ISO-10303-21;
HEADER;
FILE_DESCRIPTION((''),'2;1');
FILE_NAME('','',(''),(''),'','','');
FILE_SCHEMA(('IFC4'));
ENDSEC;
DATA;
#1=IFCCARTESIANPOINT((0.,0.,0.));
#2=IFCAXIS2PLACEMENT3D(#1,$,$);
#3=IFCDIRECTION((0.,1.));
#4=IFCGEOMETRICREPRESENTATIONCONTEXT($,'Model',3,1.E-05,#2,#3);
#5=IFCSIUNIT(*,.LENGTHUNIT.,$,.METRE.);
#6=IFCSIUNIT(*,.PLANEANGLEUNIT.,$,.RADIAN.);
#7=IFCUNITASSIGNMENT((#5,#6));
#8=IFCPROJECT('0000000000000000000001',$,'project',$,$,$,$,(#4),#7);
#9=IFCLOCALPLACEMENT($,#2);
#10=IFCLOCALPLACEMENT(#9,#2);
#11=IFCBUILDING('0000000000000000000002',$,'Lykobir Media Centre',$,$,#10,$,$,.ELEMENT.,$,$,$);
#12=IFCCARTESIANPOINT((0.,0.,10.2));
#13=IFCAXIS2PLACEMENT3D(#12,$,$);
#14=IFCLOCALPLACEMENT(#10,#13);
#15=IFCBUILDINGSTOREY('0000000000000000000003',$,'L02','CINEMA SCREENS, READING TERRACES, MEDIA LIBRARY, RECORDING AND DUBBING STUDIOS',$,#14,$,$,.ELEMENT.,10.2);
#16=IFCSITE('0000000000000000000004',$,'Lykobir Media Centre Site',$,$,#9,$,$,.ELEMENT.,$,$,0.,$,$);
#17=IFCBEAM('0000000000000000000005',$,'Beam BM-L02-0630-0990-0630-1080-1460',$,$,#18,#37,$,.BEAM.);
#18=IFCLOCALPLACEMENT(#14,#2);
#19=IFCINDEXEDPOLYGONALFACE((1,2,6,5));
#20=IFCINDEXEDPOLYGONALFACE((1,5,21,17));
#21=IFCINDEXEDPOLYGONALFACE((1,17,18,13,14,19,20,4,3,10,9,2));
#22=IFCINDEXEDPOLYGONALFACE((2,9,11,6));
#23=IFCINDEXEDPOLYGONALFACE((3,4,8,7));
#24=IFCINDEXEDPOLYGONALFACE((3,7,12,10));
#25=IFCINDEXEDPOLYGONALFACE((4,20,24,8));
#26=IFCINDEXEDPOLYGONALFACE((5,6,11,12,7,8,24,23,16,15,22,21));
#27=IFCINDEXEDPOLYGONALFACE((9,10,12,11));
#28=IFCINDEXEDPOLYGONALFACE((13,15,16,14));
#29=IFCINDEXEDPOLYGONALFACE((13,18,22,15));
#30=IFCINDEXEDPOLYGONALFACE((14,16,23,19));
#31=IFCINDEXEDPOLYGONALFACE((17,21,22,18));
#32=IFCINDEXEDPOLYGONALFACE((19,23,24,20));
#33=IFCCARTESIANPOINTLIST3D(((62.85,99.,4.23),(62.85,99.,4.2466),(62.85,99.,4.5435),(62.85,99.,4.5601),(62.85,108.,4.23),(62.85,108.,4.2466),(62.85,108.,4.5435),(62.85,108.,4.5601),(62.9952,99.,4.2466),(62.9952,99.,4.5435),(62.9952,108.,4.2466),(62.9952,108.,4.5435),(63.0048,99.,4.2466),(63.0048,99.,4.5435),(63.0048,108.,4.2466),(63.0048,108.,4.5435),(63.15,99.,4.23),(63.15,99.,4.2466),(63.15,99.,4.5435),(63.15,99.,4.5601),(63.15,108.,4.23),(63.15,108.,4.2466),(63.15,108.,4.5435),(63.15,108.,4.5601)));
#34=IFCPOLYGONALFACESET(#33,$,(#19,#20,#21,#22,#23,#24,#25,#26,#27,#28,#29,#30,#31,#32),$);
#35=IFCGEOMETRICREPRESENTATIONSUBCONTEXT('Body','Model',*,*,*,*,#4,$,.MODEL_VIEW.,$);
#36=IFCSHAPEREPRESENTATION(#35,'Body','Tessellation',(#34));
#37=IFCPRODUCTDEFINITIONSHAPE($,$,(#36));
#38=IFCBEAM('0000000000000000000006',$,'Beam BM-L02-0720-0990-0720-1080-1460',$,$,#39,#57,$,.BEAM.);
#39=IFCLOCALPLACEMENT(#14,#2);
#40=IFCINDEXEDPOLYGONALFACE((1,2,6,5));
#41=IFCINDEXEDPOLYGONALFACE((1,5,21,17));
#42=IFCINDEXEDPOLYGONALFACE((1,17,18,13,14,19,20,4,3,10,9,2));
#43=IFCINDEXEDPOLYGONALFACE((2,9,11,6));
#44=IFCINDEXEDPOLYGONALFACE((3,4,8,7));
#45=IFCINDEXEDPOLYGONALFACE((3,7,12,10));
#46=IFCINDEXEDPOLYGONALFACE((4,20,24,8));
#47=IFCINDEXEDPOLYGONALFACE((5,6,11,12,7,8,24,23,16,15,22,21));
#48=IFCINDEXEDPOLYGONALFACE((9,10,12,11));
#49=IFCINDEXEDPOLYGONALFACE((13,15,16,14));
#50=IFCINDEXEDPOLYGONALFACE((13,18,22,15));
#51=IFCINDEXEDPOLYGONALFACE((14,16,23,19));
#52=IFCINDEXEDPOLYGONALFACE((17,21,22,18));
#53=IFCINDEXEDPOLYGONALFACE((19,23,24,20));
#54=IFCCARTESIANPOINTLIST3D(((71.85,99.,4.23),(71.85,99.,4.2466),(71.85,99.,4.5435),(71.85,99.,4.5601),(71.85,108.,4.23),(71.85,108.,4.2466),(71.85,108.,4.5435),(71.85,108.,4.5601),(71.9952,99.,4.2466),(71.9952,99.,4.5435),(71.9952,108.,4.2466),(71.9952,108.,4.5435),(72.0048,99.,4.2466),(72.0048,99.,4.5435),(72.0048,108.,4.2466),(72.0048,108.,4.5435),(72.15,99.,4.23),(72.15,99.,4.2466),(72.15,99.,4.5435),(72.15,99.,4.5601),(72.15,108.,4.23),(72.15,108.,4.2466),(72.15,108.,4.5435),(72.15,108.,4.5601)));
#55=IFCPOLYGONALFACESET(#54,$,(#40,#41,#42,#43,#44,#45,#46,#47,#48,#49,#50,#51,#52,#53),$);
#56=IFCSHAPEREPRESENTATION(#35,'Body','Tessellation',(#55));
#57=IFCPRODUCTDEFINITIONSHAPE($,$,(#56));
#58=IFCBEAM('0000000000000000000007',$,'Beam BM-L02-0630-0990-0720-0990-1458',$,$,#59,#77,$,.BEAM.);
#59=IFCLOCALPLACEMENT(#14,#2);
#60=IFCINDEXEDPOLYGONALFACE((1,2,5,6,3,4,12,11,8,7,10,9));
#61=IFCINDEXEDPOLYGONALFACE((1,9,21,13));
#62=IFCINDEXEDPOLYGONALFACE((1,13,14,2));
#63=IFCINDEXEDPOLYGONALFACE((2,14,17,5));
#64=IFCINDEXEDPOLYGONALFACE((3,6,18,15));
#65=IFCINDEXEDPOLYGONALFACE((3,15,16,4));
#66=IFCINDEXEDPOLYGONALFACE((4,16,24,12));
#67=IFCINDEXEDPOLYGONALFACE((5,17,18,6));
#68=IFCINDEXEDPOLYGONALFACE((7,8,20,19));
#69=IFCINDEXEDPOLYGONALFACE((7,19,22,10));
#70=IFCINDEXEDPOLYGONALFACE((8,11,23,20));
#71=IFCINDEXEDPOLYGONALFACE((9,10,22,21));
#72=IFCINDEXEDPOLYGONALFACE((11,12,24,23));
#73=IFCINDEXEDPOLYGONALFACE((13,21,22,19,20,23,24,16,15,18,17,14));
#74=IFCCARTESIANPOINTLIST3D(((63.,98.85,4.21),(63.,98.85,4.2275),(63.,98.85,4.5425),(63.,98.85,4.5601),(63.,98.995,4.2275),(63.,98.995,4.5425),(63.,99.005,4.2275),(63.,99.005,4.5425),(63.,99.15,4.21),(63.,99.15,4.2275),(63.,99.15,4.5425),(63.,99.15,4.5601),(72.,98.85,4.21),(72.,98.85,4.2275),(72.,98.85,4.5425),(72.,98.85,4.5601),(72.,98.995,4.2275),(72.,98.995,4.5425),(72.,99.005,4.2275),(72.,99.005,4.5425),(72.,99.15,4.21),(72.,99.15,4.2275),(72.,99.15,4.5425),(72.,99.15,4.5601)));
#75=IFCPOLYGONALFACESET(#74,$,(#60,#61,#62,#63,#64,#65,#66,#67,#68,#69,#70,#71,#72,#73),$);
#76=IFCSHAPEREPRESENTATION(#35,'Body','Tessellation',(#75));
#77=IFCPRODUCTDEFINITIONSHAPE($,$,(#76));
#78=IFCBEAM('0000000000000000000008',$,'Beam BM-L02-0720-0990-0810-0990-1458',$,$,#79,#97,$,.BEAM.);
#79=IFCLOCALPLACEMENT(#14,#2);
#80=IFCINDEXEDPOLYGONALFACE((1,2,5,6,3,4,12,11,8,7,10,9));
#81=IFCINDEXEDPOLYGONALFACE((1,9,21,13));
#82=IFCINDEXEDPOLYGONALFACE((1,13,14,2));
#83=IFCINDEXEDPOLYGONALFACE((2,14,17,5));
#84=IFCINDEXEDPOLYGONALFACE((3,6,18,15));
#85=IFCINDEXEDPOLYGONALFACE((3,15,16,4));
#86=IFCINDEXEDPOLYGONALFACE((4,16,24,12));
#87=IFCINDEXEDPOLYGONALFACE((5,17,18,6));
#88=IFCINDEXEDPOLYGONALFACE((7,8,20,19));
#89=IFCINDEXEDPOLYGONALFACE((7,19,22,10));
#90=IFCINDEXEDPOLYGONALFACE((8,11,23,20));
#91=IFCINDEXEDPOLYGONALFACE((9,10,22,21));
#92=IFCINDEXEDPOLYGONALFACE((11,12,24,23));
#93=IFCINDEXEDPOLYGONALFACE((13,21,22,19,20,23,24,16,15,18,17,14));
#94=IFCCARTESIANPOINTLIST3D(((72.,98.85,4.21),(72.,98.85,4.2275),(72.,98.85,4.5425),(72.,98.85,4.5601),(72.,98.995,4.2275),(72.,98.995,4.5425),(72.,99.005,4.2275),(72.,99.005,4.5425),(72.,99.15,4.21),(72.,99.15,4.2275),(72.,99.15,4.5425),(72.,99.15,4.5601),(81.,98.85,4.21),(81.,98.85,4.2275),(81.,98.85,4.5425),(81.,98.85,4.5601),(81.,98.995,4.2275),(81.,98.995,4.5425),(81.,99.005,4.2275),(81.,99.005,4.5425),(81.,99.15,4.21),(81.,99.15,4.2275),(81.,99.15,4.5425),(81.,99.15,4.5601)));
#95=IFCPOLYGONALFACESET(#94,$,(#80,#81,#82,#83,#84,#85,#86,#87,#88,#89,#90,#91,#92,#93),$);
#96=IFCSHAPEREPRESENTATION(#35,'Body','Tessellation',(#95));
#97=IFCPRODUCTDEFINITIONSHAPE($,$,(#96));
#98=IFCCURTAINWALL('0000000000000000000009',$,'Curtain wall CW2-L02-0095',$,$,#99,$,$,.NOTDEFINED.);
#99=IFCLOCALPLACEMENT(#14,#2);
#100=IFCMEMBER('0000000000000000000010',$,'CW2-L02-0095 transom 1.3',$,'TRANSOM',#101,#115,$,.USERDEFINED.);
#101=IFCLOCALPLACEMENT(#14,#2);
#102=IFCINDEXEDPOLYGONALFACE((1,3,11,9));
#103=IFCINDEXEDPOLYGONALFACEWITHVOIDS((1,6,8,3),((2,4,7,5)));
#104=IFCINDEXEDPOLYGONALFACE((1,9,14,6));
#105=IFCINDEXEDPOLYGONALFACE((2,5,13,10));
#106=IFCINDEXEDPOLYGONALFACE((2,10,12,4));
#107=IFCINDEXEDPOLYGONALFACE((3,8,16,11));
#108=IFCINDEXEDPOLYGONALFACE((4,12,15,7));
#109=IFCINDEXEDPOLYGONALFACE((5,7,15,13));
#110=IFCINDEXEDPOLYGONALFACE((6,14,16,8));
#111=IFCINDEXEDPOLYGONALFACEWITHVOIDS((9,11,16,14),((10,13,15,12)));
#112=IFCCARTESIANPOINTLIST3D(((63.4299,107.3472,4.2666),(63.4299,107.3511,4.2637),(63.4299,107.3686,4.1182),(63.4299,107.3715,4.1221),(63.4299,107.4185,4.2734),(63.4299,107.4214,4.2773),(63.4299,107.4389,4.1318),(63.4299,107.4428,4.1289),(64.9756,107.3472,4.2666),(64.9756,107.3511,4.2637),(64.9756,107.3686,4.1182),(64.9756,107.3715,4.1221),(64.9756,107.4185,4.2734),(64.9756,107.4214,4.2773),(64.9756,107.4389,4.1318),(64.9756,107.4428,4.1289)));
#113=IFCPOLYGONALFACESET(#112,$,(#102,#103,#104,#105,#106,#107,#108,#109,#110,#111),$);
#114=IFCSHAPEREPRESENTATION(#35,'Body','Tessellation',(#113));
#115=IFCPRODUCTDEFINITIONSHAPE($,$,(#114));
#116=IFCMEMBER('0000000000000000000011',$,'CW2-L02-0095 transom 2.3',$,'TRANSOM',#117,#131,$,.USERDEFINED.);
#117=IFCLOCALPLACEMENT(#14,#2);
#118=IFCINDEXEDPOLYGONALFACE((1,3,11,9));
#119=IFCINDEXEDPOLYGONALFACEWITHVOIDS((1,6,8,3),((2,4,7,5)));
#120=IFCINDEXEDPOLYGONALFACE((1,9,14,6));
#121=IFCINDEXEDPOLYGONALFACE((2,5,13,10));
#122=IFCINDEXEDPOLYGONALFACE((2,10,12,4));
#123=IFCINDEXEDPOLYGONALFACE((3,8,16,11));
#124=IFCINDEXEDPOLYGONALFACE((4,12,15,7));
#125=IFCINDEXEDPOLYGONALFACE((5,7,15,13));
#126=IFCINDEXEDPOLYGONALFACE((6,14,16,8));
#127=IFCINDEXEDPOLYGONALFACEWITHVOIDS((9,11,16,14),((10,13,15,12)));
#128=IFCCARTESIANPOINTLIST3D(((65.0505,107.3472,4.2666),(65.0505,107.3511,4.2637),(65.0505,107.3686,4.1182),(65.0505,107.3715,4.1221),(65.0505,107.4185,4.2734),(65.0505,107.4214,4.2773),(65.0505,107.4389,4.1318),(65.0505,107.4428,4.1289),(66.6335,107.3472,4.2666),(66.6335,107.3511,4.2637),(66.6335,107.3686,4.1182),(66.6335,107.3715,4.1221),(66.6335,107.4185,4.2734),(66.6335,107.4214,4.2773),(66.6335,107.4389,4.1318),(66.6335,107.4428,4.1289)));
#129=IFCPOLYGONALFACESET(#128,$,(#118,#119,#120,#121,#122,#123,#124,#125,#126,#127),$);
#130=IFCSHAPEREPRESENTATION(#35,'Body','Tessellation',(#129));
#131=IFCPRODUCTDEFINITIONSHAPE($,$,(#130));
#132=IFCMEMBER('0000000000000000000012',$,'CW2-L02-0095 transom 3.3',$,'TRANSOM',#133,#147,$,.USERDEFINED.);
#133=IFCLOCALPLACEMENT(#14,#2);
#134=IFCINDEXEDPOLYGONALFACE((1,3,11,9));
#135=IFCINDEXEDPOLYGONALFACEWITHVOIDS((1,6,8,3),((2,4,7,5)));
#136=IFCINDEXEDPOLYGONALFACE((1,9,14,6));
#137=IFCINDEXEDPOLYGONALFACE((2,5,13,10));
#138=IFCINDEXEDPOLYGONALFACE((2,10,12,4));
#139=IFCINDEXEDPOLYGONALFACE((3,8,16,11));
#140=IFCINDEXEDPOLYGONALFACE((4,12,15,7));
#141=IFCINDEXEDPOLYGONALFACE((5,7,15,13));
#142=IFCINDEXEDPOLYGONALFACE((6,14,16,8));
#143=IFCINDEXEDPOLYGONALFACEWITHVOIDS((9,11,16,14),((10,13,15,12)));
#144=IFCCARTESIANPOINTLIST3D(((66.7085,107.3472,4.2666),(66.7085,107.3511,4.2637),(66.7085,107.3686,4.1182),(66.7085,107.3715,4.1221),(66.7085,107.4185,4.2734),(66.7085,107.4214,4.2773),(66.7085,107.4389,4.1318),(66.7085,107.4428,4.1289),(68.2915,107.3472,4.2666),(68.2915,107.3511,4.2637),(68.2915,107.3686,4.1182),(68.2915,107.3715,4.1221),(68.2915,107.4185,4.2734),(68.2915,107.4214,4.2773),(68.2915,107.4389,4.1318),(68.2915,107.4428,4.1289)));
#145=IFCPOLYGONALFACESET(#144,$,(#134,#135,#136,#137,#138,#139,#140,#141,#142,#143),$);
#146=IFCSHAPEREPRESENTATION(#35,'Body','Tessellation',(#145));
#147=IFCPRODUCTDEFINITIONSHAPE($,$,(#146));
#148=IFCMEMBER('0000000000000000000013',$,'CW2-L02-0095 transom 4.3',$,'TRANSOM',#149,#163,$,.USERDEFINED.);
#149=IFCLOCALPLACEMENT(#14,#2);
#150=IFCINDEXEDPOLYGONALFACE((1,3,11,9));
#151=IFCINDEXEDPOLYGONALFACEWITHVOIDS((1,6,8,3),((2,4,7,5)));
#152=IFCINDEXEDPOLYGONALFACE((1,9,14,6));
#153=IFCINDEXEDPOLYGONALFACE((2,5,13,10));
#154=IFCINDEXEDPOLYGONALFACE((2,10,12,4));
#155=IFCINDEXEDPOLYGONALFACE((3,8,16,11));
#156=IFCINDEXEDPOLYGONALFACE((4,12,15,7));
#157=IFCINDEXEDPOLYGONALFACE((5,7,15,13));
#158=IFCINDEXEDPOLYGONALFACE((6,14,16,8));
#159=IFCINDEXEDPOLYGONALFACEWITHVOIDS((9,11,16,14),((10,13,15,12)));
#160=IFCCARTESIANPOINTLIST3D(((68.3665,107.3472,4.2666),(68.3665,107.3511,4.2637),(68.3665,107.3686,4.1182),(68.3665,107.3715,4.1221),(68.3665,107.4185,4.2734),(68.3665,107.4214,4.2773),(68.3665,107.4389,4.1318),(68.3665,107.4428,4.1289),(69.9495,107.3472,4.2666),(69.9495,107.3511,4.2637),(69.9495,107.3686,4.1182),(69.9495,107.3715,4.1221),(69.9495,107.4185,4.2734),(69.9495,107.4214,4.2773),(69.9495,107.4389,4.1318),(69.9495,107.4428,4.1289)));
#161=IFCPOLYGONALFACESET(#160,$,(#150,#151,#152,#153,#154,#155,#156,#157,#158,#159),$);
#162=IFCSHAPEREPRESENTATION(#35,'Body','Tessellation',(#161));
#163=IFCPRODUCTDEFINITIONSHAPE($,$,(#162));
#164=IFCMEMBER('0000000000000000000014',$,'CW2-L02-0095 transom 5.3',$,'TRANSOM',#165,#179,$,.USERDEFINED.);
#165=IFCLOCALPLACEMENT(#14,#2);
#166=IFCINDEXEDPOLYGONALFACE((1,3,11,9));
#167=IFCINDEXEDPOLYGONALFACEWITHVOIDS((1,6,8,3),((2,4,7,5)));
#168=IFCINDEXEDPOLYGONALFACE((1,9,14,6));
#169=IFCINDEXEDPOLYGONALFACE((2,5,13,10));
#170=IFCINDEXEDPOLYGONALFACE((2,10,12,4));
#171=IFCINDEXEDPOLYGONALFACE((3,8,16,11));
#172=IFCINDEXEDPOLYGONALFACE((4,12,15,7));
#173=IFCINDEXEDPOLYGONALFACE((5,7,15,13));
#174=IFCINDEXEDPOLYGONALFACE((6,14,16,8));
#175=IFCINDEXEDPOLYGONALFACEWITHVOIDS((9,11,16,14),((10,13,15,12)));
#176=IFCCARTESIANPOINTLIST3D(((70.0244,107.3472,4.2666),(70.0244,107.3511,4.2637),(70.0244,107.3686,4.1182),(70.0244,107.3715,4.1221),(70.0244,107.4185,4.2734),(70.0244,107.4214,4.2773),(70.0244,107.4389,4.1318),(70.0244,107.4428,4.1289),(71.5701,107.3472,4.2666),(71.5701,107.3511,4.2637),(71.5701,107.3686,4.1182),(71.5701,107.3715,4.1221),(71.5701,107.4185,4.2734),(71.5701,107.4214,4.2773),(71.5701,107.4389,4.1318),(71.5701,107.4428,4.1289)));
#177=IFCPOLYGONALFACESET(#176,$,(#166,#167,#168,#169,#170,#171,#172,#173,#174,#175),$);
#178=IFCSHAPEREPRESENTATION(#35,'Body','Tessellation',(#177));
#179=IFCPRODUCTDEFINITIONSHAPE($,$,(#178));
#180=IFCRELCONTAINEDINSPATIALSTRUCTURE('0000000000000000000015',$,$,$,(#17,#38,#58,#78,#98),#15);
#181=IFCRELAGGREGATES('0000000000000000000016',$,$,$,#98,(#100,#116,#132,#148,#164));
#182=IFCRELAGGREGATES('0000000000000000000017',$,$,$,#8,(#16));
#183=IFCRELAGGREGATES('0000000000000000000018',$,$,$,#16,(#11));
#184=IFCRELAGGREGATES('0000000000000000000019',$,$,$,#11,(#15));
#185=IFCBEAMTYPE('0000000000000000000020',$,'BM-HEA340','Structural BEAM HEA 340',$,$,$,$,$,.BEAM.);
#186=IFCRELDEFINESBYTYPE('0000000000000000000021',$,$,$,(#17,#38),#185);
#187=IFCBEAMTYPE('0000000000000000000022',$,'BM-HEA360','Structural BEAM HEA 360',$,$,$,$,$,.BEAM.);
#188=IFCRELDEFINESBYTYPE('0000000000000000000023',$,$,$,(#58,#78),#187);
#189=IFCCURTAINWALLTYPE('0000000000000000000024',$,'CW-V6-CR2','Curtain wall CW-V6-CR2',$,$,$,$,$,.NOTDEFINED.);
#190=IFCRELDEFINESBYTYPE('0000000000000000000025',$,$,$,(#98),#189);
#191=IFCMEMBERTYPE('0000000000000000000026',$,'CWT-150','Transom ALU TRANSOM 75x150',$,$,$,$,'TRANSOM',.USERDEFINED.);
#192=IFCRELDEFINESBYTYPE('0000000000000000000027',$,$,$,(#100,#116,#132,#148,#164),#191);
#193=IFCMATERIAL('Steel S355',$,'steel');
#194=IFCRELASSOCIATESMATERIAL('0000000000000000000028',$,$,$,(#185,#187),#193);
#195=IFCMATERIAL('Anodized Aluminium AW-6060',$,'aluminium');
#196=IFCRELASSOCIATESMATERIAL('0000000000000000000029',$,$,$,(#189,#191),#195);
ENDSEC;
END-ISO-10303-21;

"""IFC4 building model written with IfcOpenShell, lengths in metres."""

from ifc_helpers import new_model, si_unit, direction, frame, origin, origin_2d, place, context, subcontext, project, spatial, hollow_rectangle, i_section, extrude, material, material_profile, profile_set, type_object, element, aggregate, save


model = new_model("IFC4")

# Units and contexts
model_context = context("Model", 3, precision=1e-05, world=origin(), true_north=direction((0.0, 1.0)))
body_context = subcontext(model_context, "Body", "Model", "MODEL_VIEW")
ifc_project = project(units=[si_unit("LENGTHUNIT", "METRE"), si_unit("PLANEANGLEUNIT", "RADIAN")], contexts=[model_context])

# Site, building, storey
site_placement = place(None, origin())
site = spatial("IfcSite", under=ifc_project, at=site_placement, Name="Lykobir Media Centre Site", CompositionType="ELEMENT", RefElevation=0.0)
building_placement = place(site_placement, origin())
building = spatial("IfcBuilding", under=site, at=building_placement, Name="Lykobir Media Centre", CompositionType="ELEMENT")
storey_placement = place(building_placement, frame((0.0, 0.0, 10.2)))
storey = spatial("IfcBuildingStorey", under=building, at=storey_placement, Name="L02", Description="CINEMA SCREENS, READING TERRACES, MEDIA LIBRARY, RECORDING AND DUBBING STUDIOS", CompositionType="ELEMENT", Elevation=10.2)

# Shared definitions
ifc_material_1 = material(Name="Steel S355", Category="steel")

# Beams
ifc_material_profile_1 = material_profile(ifc_material_1, i_section(OverallWidth=0.3, OverallDepth=0.3301, WebThickness=0.0095, FlangeThickness=0.0166, at=origin_2d()), Name="HEA 340")
ifc_profile_set_1 = profile_set([ifc_material_profile_1], Name="Steel S355")
beam_type_1 = type_object("IfcBeamType", Name="BM-HEA340", Description="Structural BEAM HEA 340", PredefinedType="BEAM", material=ifc_profile_set_1)
for number, where, z_axis, x_axis, name in (
    (1, (63.0, 99.0, 4.395), (0.0, 1.0, 0.0), (-1.0, 0.0, 0.0), "Beam BM-L02-0630-0990-0630-1080-1460"),
    (2, (72.0, 99.0, 4.395), (0.0, 1.0, 0.0), (-1.0, 0.0, 0.0), "Beam BM-L02-0720-0990-0720-1080-1460"),
):
    element("IfcBeam", number, at=place(storey_placement, frame(where, z_axis=z_axis, x_axis=x_axis)), inside=storey, type_object=beam_type_1, Name=name, PredefinedType="BEAM", context=body_context, shape_type="SweptSolid", body=[
        extrude(i_section(OverallWidth=0.3, OverallDepth=0.3301, WebThickness=0.0095, FlangeThickness=0.0166, at=origin_2d()), origin(), (0.0, 0.0, 1.0), 9.0),
    ])
ifc_material_profile_2 = material_profile(ifc_material_1, i_section(OverallWidth=0.3, OverallDepth=0.3501, WebThickness=0.01, FlangeThickness=0.0176, at=origin_2d()), Name="HEA 360")
ifc_profile_set_2 = profile_set([ifc_material_profile_2], Name="Steel S355")
beam_type_2 = type_object("IfcBeamType", Name="BM-HEA360", Description="Structural BEAM HEA 360", PredefinedType="BEAM", material=ifc_profile_set_2)
for number, where, z_axis, x_axis, name in (
    (3, (63.0, 99.0, 4.385), (1.0, 0.0, 0.0), (0.0, 1.0, 0.0), "Beam BM-L02-0630-0990-0720-0990-1458"),
    (4, (72.0, 99.0, 4.385), (1.0, 0.0, 0.0), (0.0, 1.0, 0.0), "Beam BM-L02-0720-0990-0810-0990-1458"),
):
    element("IfcBeam", number, at=place(storey_placement, frame(where, z_axis=z_axis, x_axis=x_axis)), inside=storey, type_object=beam_type_2, Name=name, PredefinedType="BEAM", context=body_context, shape_type="SweptSolid", body=[
        extrude(i_section(OverallWidth=0.3, OverallDepth=0.3501, WebThickness=0.01, FlangeThickness=0.0176, at=origin_2d()), origin(), (0.0, 0.0, 1.0), 9.0),
    ])

# Curtain wall, members
ifc_material_2 = material(Name="Anodized Aluminium AW-6060", Category="aluminium")
curtain_wall_type = type_object("IfcCurtainWallType", Name="CW-V6-CR2", Description="Curtain wall CW-V6-CR2", PredefinedType="NOTDEFINED", material=ifc_material_2)
curtain_wall_placement = place(storey_placement, origin())
curtain_wall = element("IfcCurtainWall", 5, at=curtain_wall_placement, inside=storey, type_object=curtain_wall_type, Name="Curtain wall CW2-L02-0095", PredefinedType="NOTDEFINED")
ifc_material_profile_3 = material_profile(ifc_material_2, hollow_rectangle(XDim=0.075, YDim=0.1499, WallThickness=0.0034, at=origin_2d()), Name="ALU TRANSOM 75x150")
ifc_profile_set_3 = profile_set([ifc_material_profile_3], Name="Anodized Aluminium AW-6060")
member_type = type_object("IfcMemberType", Name="CWT-150", Description="Transom ALU TRANSOM 75x150", ElementType="TRANSOM", PredefinedType="USERDEFINED", material=ifc_profile_set_3)
member_1_placement = place(storey_placement, frame((63.4299, 107.395, 4.1978), z_axis=(1.0, 0.0, 0.0), x_axis=(0.0, 0.989776, 0.142629)))
member_1 = element("IfcMember", 6, at=member_1_placement, type_object=member_type, Name="CW2-L02-0095 transom 1.3", ObjectType="TRANSOM", PredefinedType="USERDEFINED", context=body_context, shape_type="SweptSolid", body=[
    extrude(hollow_rectangle(XDim=0.075, YDim=0.1499, WallThickness=0.0034, at=origin_2d()), origin(), (0.0, 0.0, 1.0), 1.5457),
])
member_2_placement = place(storey_placement, frame((65.0505, 107.395, 4.1978), z_axis=(1.0, 0.0, 0.0), x_axis=(0.0, 0.989776, 0.142629)))
member_2 = element("IfcMember", 7, at=member_2_placement, type_object=member_type, Name="CW2-L02-0095 transom 2.3", ObjectType="TRANSOM", PredefinedType="USERDEFINED", context=body_context, shape_type="SweptSolid", body=[
    extrude(hollow_rectangle(XDim=0.075, YDim=0.1499, WallThickness=0.0034, at=origin_2d()), origin(), (0.0, 0.0, 1.0), 1.583),
])
member_3_placement = place(storey_placement, frame((66.7085, 107.395, 4.1978), z_axis=(1.0, 0.0, 0.0), x_axis=(0.0, 0.989776, 0.142629)))
member_3 = element("IfcMember", 8, at=member_3_placement, type_object=member_type, Name="CW2-L02-0095 transom 3.3", ObjectType="TRANSOM", PredefinedType="USERDEFINED", context=body_context, shape_type="SweptSolid", body=[
    extrude(hollow_rectangle(XDim=0.075, YDim=0.1499, WallThickness=0.0034, at=origin_2d()), origin(), (0.0, 0.0, 1.0), 1.583),
])
member_4_placement = place(storey_placement, frame((68.3665, 107.395, 4.1978), z_axis=(1.0, 0.0, 0.0), x_axis=(0.0, 0.989776, 0.142629)))
member_4 = element("IfcMember", 9, at=member_4_placement, type_object=member_type, Name="CW2-L02-0095 transom 4.3", ObjectType="TRANSOM", PredefinedType="USERDEFINED", context=body_context, shape_type="SweptSolid", body=[
    extrude(hollow_rectangle(XDim=0.075, YDim=0.1499, WallThickness=0.0034, at=origin_2d()), origin(), (0.0, 0.0, 1.0), 1.583),
])
member_5_placement = place(storey_placement, frame((70.0244, 107.395, 4.1978), z_axis=(1.0, 0.0, 0.0), x_axis=(0.0, 0.989776, 0.142629)))
member_5 = element("IfcMember", 10, at=member_5_placement, type_object=member_type, Name="CW2-L02-0095 transom 5.3", ObjectType="TRANSOM", PredefinedType="USERDEFINED", context=body_context, shape_type="SweptSolid", body=[
    extrude(hollow_rectangle(XDim=0.075, YDim=0.1499, WallThickness=0.0034, at=origin_2d()), origin(), (0.0, 0.0, 1.0), 1.5457),
])
aggregate(curtain_wall, [member_1, member_2, member_3, member_4, member_5])

save(model, "model.ifc")
